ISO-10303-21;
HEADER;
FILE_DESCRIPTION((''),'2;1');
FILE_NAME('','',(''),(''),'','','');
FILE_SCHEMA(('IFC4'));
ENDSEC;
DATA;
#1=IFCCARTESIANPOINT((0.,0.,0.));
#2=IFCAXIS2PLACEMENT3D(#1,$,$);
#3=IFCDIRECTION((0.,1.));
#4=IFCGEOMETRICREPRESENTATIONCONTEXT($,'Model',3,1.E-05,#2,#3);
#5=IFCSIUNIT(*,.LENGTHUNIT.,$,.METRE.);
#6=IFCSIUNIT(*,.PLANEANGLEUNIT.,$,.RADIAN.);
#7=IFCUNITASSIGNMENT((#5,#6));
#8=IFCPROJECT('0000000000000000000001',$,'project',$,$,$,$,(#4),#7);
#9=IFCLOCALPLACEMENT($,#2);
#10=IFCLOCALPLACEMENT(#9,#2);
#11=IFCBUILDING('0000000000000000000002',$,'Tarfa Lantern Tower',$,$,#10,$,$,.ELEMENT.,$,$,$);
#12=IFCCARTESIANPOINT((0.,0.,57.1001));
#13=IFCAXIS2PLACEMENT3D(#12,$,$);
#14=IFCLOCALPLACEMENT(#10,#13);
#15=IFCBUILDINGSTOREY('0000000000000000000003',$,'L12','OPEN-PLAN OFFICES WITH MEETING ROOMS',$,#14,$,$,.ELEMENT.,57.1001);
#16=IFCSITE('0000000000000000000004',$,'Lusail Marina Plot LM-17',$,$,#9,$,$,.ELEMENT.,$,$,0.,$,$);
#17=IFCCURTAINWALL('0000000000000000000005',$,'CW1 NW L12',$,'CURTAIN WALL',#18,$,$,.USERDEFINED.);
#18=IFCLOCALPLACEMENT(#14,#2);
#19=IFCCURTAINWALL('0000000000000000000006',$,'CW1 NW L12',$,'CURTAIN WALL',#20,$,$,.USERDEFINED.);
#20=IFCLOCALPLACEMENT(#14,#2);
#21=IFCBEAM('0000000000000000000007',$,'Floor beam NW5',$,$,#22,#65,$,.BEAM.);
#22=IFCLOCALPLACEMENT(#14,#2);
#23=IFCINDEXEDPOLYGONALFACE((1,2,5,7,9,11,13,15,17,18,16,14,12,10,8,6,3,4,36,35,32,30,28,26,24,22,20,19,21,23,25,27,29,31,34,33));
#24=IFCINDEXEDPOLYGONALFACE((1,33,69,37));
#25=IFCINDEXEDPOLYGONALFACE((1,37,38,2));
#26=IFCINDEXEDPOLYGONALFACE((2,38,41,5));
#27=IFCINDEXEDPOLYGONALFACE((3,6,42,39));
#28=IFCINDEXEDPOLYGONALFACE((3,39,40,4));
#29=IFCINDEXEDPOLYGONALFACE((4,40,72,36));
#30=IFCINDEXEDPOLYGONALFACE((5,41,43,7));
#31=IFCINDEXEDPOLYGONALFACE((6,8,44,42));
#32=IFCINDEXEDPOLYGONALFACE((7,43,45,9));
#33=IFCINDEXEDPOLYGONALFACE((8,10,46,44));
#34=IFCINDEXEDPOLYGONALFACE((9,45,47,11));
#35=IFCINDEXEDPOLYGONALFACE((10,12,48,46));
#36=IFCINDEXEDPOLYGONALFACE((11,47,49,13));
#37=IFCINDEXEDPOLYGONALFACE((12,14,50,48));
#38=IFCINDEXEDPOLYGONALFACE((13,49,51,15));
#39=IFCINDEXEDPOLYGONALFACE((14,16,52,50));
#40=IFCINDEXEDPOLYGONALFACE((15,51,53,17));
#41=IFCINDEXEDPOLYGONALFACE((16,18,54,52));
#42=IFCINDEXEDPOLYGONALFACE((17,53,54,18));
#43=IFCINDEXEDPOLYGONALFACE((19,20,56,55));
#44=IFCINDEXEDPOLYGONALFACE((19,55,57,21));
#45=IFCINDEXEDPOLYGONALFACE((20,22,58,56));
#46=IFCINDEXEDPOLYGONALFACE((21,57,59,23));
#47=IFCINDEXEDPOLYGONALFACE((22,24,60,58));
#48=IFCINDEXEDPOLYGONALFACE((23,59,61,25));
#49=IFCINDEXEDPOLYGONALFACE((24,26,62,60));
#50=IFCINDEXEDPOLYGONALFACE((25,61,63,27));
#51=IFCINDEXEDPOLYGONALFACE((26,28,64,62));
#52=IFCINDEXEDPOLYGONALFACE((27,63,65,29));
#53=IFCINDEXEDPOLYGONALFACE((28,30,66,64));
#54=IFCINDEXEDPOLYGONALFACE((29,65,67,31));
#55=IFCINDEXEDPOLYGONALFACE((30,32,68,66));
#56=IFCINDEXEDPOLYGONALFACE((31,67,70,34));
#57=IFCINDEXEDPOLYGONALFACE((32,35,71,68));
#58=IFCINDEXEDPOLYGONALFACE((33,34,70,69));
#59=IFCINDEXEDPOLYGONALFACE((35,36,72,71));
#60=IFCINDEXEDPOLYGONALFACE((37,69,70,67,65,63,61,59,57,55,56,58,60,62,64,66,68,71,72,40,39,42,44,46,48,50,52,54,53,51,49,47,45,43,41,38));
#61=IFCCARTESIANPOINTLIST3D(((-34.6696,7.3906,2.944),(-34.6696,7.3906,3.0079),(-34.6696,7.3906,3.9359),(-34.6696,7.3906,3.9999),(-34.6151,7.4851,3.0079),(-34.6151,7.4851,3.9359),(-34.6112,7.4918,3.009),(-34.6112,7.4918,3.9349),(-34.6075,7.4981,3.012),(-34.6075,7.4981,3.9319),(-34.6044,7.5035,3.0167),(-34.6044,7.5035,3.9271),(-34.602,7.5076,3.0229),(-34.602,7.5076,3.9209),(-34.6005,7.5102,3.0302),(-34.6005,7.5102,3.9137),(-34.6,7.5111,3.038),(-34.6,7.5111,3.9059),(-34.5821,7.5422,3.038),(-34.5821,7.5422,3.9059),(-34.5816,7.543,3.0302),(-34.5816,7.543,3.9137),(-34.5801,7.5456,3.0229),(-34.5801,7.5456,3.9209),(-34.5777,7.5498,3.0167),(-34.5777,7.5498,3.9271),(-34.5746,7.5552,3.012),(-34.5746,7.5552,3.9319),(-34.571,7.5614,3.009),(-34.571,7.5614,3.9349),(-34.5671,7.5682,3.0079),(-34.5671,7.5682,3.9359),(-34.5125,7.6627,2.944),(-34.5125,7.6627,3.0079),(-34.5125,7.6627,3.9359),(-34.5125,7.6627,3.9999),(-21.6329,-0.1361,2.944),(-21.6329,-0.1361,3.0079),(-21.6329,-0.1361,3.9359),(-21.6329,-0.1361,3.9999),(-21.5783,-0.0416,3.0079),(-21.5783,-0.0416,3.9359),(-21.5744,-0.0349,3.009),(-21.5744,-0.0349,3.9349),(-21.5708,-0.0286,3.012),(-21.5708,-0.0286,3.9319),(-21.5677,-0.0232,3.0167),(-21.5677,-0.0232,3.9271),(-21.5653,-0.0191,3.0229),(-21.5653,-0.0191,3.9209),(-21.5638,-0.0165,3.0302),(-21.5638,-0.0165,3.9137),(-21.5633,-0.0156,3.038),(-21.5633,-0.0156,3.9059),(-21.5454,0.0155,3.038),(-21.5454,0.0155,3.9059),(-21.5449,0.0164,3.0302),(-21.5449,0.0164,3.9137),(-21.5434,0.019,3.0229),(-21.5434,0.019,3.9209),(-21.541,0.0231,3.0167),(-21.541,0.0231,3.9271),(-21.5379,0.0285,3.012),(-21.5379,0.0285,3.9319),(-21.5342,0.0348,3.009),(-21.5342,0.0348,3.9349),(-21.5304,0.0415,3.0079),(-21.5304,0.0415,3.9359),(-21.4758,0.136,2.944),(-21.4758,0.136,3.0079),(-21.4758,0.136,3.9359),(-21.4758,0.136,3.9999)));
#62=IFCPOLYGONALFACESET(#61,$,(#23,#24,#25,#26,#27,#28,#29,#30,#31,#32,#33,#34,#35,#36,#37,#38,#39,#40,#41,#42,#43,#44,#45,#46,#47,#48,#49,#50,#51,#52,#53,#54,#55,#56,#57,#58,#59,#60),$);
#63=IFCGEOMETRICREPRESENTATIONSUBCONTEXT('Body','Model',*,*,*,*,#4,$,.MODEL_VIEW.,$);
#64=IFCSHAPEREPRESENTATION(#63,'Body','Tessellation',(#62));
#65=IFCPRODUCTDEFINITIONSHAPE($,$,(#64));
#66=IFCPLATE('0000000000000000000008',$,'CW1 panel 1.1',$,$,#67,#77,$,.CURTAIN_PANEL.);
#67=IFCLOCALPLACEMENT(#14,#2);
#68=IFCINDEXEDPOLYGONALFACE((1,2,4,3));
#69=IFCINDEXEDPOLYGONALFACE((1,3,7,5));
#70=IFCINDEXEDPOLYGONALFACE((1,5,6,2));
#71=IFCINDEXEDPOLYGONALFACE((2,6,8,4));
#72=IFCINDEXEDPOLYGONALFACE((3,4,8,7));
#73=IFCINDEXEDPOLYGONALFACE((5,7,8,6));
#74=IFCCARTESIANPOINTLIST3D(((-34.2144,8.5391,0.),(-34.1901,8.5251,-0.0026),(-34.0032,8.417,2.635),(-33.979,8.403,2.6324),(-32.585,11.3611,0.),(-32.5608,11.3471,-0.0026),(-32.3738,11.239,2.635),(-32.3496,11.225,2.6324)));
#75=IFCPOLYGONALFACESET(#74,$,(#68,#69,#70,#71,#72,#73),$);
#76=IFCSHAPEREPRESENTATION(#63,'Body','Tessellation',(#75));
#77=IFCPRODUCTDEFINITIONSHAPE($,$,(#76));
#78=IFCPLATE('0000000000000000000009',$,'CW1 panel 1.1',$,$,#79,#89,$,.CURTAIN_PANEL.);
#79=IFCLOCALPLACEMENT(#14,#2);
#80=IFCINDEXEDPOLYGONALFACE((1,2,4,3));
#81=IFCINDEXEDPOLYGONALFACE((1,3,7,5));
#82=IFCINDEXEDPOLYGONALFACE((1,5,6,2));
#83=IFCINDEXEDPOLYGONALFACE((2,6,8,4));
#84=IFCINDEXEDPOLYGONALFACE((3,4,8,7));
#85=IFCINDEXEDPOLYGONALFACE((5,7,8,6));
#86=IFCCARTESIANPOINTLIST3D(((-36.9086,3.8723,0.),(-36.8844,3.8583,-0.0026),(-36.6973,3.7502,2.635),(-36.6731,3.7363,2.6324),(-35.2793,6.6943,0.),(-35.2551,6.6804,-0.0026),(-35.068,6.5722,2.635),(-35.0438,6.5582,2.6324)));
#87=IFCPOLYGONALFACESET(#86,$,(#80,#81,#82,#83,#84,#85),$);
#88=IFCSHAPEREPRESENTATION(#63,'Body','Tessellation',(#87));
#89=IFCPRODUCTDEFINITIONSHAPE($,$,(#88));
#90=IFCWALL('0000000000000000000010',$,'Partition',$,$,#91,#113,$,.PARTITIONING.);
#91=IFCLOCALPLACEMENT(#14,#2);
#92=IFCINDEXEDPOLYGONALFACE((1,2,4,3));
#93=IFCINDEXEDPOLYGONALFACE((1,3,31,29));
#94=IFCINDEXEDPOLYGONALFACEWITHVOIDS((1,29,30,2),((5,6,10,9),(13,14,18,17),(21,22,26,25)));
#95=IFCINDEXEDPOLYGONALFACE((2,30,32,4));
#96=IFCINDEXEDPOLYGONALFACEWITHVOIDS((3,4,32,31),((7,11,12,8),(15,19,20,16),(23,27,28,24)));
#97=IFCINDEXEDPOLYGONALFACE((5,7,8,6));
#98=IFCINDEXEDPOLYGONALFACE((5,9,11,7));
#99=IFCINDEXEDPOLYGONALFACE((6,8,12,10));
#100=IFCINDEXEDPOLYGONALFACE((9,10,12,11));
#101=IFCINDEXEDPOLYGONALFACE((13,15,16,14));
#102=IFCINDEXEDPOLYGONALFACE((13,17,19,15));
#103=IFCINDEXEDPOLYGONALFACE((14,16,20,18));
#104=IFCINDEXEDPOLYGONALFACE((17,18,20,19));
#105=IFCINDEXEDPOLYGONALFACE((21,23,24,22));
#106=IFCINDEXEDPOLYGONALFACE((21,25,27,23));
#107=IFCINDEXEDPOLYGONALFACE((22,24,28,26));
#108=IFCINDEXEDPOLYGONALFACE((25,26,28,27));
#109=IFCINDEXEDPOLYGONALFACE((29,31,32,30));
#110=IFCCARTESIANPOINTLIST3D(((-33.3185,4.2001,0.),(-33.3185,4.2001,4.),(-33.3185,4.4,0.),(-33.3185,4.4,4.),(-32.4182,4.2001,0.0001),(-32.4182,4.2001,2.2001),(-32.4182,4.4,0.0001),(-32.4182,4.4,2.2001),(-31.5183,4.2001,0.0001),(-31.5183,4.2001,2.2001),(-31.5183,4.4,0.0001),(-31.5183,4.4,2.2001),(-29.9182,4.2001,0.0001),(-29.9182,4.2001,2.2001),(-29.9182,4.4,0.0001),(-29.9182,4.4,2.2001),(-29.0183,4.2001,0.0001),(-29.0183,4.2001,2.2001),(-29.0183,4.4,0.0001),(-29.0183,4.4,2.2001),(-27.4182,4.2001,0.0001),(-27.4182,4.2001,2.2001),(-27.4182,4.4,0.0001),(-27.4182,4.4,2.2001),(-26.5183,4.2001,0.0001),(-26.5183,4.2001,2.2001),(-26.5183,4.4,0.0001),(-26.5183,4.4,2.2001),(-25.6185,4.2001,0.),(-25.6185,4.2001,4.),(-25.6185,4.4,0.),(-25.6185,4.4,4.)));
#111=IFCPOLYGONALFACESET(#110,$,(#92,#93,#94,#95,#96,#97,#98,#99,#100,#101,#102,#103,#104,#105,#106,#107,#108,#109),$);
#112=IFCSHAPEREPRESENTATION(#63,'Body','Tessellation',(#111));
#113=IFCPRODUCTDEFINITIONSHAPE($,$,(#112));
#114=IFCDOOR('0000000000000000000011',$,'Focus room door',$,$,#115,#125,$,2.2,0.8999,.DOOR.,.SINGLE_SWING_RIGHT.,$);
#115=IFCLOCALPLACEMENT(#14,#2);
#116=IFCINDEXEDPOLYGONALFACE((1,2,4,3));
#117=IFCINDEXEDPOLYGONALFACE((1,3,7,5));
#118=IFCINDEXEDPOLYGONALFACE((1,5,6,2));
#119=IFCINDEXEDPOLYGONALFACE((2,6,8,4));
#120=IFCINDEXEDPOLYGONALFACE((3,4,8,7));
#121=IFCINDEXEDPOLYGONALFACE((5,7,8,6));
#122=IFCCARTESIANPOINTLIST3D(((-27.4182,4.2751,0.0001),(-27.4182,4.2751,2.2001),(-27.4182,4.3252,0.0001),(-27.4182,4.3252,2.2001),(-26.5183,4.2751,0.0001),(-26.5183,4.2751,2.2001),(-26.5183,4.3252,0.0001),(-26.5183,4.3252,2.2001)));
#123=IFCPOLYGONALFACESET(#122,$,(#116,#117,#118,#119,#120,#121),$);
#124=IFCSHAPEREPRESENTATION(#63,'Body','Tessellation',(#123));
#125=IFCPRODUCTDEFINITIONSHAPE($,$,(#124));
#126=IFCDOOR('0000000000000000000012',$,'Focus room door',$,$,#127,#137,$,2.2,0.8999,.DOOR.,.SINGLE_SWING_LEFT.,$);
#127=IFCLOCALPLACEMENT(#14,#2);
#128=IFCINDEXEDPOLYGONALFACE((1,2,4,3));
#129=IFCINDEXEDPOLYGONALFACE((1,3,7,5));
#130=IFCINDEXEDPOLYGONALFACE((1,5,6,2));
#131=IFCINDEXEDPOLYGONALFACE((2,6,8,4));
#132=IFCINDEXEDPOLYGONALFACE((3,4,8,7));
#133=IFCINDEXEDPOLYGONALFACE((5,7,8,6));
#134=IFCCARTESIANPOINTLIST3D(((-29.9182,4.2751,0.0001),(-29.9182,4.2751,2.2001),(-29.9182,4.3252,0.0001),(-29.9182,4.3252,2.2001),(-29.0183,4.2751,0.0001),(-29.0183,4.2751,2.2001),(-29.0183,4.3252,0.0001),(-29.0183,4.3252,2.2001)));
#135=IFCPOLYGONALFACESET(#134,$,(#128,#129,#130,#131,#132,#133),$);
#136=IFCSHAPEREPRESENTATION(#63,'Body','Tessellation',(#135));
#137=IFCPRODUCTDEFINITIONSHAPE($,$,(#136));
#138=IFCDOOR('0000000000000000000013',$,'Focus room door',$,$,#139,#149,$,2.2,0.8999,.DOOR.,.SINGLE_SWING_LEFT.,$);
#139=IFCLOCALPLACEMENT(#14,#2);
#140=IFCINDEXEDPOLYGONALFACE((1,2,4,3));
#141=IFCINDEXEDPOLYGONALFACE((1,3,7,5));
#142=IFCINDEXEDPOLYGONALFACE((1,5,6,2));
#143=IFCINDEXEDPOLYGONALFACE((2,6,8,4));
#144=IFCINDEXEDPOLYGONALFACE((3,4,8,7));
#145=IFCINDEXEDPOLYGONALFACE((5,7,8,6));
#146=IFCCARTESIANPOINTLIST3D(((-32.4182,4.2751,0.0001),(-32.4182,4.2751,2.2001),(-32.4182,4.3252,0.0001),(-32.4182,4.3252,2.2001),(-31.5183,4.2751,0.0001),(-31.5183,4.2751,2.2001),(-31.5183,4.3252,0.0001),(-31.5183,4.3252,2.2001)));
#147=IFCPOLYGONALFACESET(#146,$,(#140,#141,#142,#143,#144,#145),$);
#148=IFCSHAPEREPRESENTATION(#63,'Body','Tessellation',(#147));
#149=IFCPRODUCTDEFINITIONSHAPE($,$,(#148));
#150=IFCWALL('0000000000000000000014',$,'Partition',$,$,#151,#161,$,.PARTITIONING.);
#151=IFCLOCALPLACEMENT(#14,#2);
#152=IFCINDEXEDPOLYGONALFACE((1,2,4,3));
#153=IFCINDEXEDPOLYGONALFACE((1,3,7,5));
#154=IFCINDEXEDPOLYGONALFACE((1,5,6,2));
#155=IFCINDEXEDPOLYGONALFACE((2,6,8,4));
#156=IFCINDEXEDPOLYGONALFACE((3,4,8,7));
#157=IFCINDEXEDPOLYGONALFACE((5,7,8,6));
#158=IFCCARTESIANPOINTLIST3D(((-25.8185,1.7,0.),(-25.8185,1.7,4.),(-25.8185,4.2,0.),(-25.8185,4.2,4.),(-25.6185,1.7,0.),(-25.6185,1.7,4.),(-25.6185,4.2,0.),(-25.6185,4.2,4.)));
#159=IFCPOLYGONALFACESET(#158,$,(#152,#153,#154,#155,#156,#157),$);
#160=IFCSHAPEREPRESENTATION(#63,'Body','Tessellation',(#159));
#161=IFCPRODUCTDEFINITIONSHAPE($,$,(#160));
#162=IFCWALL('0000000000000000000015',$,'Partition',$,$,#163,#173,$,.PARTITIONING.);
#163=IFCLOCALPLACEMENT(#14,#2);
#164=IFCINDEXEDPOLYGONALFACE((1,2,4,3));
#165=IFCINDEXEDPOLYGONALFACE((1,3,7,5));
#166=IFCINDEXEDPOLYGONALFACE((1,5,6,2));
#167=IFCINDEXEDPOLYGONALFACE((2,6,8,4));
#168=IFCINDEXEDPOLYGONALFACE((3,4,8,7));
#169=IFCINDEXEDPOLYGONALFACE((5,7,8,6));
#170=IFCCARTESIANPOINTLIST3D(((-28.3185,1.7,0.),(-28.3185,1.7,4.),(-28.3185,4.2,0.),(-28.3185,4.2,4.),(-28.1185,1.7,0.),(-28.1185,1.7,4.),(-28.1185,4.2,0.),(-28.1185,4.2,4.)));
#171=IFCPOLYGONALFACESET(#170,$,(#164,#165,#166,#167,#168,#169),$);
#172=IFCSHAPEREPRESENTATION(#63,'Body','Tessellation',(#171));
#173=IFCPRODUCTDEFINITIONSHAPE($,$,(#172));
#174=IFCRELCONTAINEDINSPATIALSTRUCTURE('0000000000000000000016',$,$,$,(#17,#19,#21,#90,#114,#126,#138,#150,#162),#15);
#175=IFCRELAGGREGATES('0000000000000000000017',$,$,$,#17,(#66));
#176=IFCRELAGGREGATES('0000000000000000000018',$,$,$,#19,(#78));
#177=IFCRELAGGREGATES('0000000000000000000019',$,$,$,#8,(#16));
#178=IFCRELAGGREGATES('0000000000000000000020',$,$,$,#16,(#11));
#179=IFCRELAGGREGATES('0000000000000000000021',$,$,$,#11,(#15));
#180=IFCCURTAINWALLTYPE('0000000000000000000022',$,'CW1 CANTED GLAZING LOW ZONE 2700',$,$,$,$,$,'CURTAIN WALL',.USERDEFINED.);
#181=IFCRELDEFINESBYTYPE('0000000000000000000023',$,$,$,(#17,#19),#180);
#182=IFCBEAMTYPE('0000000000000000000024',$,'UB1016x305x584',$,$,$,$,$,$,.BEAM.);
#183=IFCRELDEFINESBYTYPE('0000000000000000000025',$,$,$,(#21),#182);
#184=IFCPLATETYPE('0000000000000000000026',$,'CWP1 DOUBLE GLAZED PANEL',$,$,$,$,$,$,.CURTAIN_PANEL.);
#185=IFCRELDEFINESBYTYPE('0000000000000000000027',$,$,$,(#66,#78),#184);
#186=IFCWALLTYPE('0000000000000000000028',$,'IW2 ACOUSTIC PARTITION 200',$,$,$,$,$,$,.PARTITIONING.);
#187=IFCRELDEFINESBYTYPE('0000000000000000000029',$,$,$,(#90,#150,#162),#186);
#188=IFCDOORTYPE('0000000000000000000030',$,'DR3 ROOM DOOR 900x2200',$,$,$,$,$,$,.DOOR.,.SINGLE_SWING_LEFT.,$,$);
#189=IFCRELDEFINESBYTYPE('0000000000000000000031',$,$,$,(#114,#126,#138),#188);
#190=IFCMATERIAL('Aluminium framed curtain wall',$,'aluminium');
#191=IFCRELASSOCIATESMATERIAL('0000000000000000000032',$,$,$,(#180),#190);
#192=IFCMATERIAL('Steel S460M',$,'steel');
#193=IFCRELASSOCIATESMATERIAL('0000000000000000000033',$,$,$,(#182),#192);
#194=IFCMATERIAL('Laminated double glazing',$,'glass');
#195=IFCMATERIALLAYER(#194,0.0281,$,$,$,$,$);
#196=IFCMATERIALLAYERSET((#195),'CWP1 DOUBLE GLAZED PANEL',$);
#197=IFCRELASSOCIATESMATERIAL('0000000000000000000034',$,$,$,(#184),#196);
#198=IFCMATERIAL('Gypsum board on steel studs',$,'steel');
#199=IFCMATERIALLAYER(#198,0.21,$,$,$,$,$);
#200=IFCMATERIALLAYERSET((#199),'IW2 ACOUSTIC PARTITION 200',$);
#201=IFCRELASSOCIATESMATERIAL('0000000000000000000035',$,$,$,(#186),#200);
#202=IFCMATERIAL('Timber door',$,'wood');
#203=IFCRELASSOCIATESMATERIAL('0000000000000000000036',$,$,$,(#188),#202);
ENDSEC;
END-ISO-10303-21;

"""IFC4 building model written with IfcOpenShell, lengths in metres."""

from ifc_helpers import new_model, si_unit, direction, frame, frame_2d, origin, origin_2d, place, context, subcontext, project, spatial, polyline, rectangle, i_section, outline, extrude, material, layer, layer_set, material_profile, profile_set, type_object, element, fill, aggregate, save


model = new_model("IFC4")

# Units and contexts
model_context = context("Model", 3, precision=1e-05, world=origin(), true_north=direction((0.0, 1.0)))
body_context = subcontext(model_context, "Body", "Model", "MODEL_VIEW")
ifc_project = project(units=[si_unit("LENGTHUNIT", "METRE"), si_unit("PLANEANGLEUNIT", "RADIAN")], contexts=[model_context])

# Site, building, storey
site_placement = place(None, origin())
site = spatial("IfcSite", under=ifc_project, at=site_placement, Name="Lusail Marina Plot LM-17", CompositionType="ELEMENT", RefElevation=0.0)
building_placement = place(site_placement, origin())
building = spatial("IfcBuilding", under=site, at=building_placement, Name="Tarfa Lantern Tower", CompositionType="ELEMENT")
storey_placement = place(building_placement, frame((0.0, 0.0, 57.1001)))
storey = spatial("IfcBuildingStorey", under=building, at=storey_placement, Name="L12", Description="OPEN-PLAN OFFICES WITH MEETING ROOMS", CompositionType="ELEMENT", Elevation=57.1001)

# Shared definitions
ifc_material_1 = material(Name="Aluminium framed curtain wall", Category="aluminium")
curtain_wall_type = type_object("IfcCurtainWallType", Name="CW1 CANTED GLAZING LOW ZONE 2700", ElementType="CURTAIN WALL", PredefinedType="USERDEFINED", material=ifc_material_1)

# Curtain walls
curtain_wall_1_placement = place(storey_placement, origin())
curtain_wall_1 = element("IfcCurtainWall", 1, at=curtain_wall_1_placement, inside=storey, type_object=curtain_wall_type, Name="CW1 NW L12", ObjectType="CURTAIN WALL", PredefinedType="USERDEFINED")
curtain_wall_2_placement = place(storey_placement, origin())
curtain_wall_2 = element("IfcCurtainWall", 2, at=curtain_wall_2_placement, inside=storey, type_object=curtain_wall_type, Name="CW1 NW L12", ObjectType="CURTAIN WALL", PredefinedType="USERDEFINED")

# Beam
ifc_material_2 = material(Name="Steel S460M", Category="steel")
ifc_material_profile_1 = material_profile(ifc_material_2, i_section(OverallWidth=0.3142, OverallDepth=1.0559, WebThickness=0.0359, FlangeThickness=0.064, FilletRadius=0.03, at=origin_2d()), Name="UB1016x305x584")
ifc_profile_set_1 = profile_set([ifc_material_profile_1], Name="Steel S460M")
beam_type_1 = type_object("IfcBeamType", Name="UB1016x305x584", PredefinedType="BEAM", material=ifc_profile_set_1)
beam_1_placement = place(storey_placement, frame((-34.5911, 7.5266, 3.4719), z_axis=(0.866028, -0.499996, 0.0), x_axis=(0.499996, 0.866028, 0.0)))
element("IfcBeam", 3, at=beam_1_placement, inside=storey, type_object=beam_type_1, Name="Floor beam NW5", PredefinedType="BEAM", context=body_context, shape_type="SweptSolid", body=[
    extrude(i_section(OverallWidth=0.3142, OverallDepth=1.0559, WebThickness=0.0359, FlangeThickness=0.064, FilletRadius=0.03, at=origin_2d()), origin(), (0.0, 0.0, 1.0), 15.0535),
])

# Plates
ifc_material_3 = material(Name="Laminated double glazing", Category="glass")
ifc_layer_1 = layer(ifc_material_3, 0.0281)
ifc_layer_set_1 = layer_set([ifc_layer_1], Name="CWP1 DOUBLE GLAZED PANEL")
plate_type = type_object("IfcPlateType", Name="CWP1 DOUBLE GLAZED PANEL", PredefinedType="CURTAIN_PANEL", material=ifc_layer_set_1)
plate_1_placement = place(storey_placement, frame((-32.585, 11.3611, 0.0), z_axis=(-0.862325, 0.497894, 0.092176), x_axis=(-0.500023, -0.866012, 0.0)))
plate_1 = element("IfcPlate", 4, at=plate_1_placement, type_object=plate_type, Name="CW1 panel 1.1", PredefinedType="CURTAIN_PANEL", context=body_context, shape_type="SweptSolid", body=[
    extrude(outline(polyline([(0.0, 0.0), (3.2586, 0.0), (3.2588, 2.6463), (0.0001, 2.6463), (0.0, 0.0)])), origin(), (0.0, 0.0, -1.0), 0.0281),
])
aggregate(curtain_wall_1, [plate_1])
plate_2_placement = place(storey_placement, frame((-35.2793, 6.6943, 0.0), z_axis=(-0.862338, 0.497864, 0.092216), x_axis=(-0.499995, -0.866028, -0.000003)))
plate_2 = element("IfcPlate", 5, at=plate_2_placement, type_object=plate_type, Name="CW1 panel 1.1", PredefinedType="CURTAIN_PANEL", context=body_context, shape_type="SweptSolid", body=[
    extrude(outline(polyline([(0.0, 0.0), (3.2586, 0.0), (3.2586, 2.6463), (0.0001, 2.6463), (0.0, 0.0)])), origin(), (0.0, 0.0, -1.0), 0.0281),
])
aggregate(curtain_wall_2, [plate_2])

# Wall, openings, doors
ifc_material_4 = material(Name="Gypsum board on steel studs", Category="steel")
ifc_layer_2 = layer(ifc_material_4, 0.21)
ifc_layer_set_2 = layer_set([ifc_layer_2], Name="IW2 ACOUSTIC PARTITION 200")
wall_type = type_object("IfcWallType", Name="IW2 ACOUSTIC PARTITION 200", PredefinedType="PARTITIONING", material=ifc_layer_set_2)
wall_placement = place(storey_placement, frame((-25.6184, 4.3, 0.0), z_axis=(0.0, 0.0, 1.0), x_axis=(-1.0, 0.0, 0.0)))
wall = element("IfcWall", 6, at=wall_placement, inside=storey, type_object=wall_type, Name="Partition", PredefinedType="PARTITIONING", context=body_context, shape_type="SweptSolid", body=[
    extrude(rectangle(XDim=7.7, YDim=0.2, at=frame_2d((3.8501, 0.0))), origin(), (0.0, 0.0, 1.0), 4.0),
])
opening_1_placement = place(wall_placement, frame((0.8999, 0.0, 0.0)))
opening_1 = element("IfcOpeningElement", 7, at=opening_1_placement, cuts=wall, PredefinedType="OPENING", context=body_context, shape_type="SweptSolid", body=[
    extrude(rectangle(XDim=0.8999, YDim=2.2, at=frame_2d((0.45, 1.1001))), frame((0.0, 0.1099, 0.0), z_axis=(0.0, -1.0, 0.0), x_axis=(1.0, 0.0, 0.0)), (0.0, 0.0, 1.0), 0.22),
])
opening_2_placement = place(wall_placement, frame((3.3999, 0.0, 0.0)))
opening_2 = element("IfcOpeningElement", 8, at=opening_2_placement, cuts=wall, PredefinedType="OPENING", context=body_context, shape_type="SweptSolid", body=[
    extrude(rectangle(XDim=0.8999, YDim=2.2, at=frame_2d((0.45, 1.1001))), frame((0.0, 0.1099, 0.0), z_axis=(0.0, -1.0, 0.0), x_axis=(1.0, 0.0, 0.0)), (0.0, 0.0, 1.0), 0.22),
])
opening_3_placement = place(wall_placement, frame((5.8999, 0.0, 0.0)))
opening_3 = element("IfcOpeningElement", 9, at=opening_3_placement, cuts=wall, PredefinedType="OPENING", context=body_context, shape_type="SweptSolid", body=[
    extrude(rectangle(XDim=0.8999, YDim=2.2, at=frame_2d((0.45, 1.1001))), frame((0.0, 0.1099, 0.0), z_axis=(0.0, -1.0, 0.0), x_axis=(1.0, 0.0, 0.0)), (0.0, 0.0, 1.0), 0.22),
])
ifc_material_5 = material(Name="Timber door", Category="wood")
door_type = type_object("IfcDoorType", Name="DR3 ROOM DOOR 900x2200", OperationType="SINGLE_SWING_LEFT", PredefinedType="DOOR", material=ifc_material_5)
door_1_placement = place(opening_1_placement, origin())
door_1 = element("IfcDoor", 10, at=door_1_placement, inside=storey, type_object=door_type, Name="Focus room door", OperationType="SINGLE_SWING_RIGHT", OverallHeight=2.2, OverallWidth=0.8999, PredefinedType="DOOR", context=body_context, shape_type="SweptSolid", body=[
    extrude(rectangle(XDim=0.8999, YDim=2.2, at=frame_2d((0.45, 1.1001))), frame((0.0, 0.0249, 0.0), z_axis=(0.0, -1.0, 0.0), x_axis=(1.0, 0.0, 0.0)), (0.0, 0.0, 1.0), 0.05),
])
fill(opening_1, door_1)
door_2_placement = place(opening_2_placement, origin())
door_2 = element("IfcDoor", 11, at=door_2_placement, inside=storey, type_object=door_type, Name="Focus room door", OperationType="SINGLE_SWING_LEFT", OverallHeight=2.2, OverallWidth=0.8999, PredefinedType="DOOR", context=body_context, shape_type="SweptSolid", body=[
    extrude(rectangle(XDim=0.8999, YDim=2.2, at=frame_2d((0.45, 1.1001))), frame((0.0, 0.0249, 0.0), z_axis=(0.0, -1.0, 0.0), x_axis=(1.0, 0.0, 0.0)), (0.0, 0.0, 1.0), 0.05),
])
fill(opening_2, door_2)
door_3_placement = place(opening_3_placement, origin())
door_3 = element("IfcDoor", 12, at=door_3_placement, inside=storey, type_object=door_type, Name="Focus room door", OperationType="SINGLE_SWING_LEFT", OverallHeight=2.2, OverallWidth=0.8999, PredefinedType="DOOR", context=body_context, shape_type="SweptSolid", body=[
    extrude(rectangle(XDim=0.8999, YDim=2.2, at=frame_2d((0.45, 1.1001))), frame((0.0, 0.0249, 0.0), z_axis=(0.0, -1.0, 0.0), x_axis=(1.0, 0.0, 0.0)), (0.0, 0.0, 1.0), 0.05),
])
fill(opening_3, door_3)

# Walls
for number, where, z_axis, x_axis, name in (
    (13, (-25.7185, 1.7, 0.0), (0.0, 0.0, 1.0), (0.0, 1.0, 0.0), "Partition"),
    (14, (-28.2185, 1.7, 0.0), (0.0, 0.0, 1.0), (0.0, 1.0, 0.0), "Partition"),
):
    element("IfcWall", number, at=place(storey_placement, frame(where, z_axis=z_axis, x_axis=x_axis)), inside=storey, type_object=wall_type, Name=name, PredefinedType="PARTITIONING", context=body_context, shape_type="SweptSolid", body=[
        extrude(rectangle(XDim=2.5, YDim=0.2, at=frame_2d((1.25, 0.0))), origin(), (0.0, 0.0, 1.0), 4.0),
    ])

save(model, "model.ifc")
